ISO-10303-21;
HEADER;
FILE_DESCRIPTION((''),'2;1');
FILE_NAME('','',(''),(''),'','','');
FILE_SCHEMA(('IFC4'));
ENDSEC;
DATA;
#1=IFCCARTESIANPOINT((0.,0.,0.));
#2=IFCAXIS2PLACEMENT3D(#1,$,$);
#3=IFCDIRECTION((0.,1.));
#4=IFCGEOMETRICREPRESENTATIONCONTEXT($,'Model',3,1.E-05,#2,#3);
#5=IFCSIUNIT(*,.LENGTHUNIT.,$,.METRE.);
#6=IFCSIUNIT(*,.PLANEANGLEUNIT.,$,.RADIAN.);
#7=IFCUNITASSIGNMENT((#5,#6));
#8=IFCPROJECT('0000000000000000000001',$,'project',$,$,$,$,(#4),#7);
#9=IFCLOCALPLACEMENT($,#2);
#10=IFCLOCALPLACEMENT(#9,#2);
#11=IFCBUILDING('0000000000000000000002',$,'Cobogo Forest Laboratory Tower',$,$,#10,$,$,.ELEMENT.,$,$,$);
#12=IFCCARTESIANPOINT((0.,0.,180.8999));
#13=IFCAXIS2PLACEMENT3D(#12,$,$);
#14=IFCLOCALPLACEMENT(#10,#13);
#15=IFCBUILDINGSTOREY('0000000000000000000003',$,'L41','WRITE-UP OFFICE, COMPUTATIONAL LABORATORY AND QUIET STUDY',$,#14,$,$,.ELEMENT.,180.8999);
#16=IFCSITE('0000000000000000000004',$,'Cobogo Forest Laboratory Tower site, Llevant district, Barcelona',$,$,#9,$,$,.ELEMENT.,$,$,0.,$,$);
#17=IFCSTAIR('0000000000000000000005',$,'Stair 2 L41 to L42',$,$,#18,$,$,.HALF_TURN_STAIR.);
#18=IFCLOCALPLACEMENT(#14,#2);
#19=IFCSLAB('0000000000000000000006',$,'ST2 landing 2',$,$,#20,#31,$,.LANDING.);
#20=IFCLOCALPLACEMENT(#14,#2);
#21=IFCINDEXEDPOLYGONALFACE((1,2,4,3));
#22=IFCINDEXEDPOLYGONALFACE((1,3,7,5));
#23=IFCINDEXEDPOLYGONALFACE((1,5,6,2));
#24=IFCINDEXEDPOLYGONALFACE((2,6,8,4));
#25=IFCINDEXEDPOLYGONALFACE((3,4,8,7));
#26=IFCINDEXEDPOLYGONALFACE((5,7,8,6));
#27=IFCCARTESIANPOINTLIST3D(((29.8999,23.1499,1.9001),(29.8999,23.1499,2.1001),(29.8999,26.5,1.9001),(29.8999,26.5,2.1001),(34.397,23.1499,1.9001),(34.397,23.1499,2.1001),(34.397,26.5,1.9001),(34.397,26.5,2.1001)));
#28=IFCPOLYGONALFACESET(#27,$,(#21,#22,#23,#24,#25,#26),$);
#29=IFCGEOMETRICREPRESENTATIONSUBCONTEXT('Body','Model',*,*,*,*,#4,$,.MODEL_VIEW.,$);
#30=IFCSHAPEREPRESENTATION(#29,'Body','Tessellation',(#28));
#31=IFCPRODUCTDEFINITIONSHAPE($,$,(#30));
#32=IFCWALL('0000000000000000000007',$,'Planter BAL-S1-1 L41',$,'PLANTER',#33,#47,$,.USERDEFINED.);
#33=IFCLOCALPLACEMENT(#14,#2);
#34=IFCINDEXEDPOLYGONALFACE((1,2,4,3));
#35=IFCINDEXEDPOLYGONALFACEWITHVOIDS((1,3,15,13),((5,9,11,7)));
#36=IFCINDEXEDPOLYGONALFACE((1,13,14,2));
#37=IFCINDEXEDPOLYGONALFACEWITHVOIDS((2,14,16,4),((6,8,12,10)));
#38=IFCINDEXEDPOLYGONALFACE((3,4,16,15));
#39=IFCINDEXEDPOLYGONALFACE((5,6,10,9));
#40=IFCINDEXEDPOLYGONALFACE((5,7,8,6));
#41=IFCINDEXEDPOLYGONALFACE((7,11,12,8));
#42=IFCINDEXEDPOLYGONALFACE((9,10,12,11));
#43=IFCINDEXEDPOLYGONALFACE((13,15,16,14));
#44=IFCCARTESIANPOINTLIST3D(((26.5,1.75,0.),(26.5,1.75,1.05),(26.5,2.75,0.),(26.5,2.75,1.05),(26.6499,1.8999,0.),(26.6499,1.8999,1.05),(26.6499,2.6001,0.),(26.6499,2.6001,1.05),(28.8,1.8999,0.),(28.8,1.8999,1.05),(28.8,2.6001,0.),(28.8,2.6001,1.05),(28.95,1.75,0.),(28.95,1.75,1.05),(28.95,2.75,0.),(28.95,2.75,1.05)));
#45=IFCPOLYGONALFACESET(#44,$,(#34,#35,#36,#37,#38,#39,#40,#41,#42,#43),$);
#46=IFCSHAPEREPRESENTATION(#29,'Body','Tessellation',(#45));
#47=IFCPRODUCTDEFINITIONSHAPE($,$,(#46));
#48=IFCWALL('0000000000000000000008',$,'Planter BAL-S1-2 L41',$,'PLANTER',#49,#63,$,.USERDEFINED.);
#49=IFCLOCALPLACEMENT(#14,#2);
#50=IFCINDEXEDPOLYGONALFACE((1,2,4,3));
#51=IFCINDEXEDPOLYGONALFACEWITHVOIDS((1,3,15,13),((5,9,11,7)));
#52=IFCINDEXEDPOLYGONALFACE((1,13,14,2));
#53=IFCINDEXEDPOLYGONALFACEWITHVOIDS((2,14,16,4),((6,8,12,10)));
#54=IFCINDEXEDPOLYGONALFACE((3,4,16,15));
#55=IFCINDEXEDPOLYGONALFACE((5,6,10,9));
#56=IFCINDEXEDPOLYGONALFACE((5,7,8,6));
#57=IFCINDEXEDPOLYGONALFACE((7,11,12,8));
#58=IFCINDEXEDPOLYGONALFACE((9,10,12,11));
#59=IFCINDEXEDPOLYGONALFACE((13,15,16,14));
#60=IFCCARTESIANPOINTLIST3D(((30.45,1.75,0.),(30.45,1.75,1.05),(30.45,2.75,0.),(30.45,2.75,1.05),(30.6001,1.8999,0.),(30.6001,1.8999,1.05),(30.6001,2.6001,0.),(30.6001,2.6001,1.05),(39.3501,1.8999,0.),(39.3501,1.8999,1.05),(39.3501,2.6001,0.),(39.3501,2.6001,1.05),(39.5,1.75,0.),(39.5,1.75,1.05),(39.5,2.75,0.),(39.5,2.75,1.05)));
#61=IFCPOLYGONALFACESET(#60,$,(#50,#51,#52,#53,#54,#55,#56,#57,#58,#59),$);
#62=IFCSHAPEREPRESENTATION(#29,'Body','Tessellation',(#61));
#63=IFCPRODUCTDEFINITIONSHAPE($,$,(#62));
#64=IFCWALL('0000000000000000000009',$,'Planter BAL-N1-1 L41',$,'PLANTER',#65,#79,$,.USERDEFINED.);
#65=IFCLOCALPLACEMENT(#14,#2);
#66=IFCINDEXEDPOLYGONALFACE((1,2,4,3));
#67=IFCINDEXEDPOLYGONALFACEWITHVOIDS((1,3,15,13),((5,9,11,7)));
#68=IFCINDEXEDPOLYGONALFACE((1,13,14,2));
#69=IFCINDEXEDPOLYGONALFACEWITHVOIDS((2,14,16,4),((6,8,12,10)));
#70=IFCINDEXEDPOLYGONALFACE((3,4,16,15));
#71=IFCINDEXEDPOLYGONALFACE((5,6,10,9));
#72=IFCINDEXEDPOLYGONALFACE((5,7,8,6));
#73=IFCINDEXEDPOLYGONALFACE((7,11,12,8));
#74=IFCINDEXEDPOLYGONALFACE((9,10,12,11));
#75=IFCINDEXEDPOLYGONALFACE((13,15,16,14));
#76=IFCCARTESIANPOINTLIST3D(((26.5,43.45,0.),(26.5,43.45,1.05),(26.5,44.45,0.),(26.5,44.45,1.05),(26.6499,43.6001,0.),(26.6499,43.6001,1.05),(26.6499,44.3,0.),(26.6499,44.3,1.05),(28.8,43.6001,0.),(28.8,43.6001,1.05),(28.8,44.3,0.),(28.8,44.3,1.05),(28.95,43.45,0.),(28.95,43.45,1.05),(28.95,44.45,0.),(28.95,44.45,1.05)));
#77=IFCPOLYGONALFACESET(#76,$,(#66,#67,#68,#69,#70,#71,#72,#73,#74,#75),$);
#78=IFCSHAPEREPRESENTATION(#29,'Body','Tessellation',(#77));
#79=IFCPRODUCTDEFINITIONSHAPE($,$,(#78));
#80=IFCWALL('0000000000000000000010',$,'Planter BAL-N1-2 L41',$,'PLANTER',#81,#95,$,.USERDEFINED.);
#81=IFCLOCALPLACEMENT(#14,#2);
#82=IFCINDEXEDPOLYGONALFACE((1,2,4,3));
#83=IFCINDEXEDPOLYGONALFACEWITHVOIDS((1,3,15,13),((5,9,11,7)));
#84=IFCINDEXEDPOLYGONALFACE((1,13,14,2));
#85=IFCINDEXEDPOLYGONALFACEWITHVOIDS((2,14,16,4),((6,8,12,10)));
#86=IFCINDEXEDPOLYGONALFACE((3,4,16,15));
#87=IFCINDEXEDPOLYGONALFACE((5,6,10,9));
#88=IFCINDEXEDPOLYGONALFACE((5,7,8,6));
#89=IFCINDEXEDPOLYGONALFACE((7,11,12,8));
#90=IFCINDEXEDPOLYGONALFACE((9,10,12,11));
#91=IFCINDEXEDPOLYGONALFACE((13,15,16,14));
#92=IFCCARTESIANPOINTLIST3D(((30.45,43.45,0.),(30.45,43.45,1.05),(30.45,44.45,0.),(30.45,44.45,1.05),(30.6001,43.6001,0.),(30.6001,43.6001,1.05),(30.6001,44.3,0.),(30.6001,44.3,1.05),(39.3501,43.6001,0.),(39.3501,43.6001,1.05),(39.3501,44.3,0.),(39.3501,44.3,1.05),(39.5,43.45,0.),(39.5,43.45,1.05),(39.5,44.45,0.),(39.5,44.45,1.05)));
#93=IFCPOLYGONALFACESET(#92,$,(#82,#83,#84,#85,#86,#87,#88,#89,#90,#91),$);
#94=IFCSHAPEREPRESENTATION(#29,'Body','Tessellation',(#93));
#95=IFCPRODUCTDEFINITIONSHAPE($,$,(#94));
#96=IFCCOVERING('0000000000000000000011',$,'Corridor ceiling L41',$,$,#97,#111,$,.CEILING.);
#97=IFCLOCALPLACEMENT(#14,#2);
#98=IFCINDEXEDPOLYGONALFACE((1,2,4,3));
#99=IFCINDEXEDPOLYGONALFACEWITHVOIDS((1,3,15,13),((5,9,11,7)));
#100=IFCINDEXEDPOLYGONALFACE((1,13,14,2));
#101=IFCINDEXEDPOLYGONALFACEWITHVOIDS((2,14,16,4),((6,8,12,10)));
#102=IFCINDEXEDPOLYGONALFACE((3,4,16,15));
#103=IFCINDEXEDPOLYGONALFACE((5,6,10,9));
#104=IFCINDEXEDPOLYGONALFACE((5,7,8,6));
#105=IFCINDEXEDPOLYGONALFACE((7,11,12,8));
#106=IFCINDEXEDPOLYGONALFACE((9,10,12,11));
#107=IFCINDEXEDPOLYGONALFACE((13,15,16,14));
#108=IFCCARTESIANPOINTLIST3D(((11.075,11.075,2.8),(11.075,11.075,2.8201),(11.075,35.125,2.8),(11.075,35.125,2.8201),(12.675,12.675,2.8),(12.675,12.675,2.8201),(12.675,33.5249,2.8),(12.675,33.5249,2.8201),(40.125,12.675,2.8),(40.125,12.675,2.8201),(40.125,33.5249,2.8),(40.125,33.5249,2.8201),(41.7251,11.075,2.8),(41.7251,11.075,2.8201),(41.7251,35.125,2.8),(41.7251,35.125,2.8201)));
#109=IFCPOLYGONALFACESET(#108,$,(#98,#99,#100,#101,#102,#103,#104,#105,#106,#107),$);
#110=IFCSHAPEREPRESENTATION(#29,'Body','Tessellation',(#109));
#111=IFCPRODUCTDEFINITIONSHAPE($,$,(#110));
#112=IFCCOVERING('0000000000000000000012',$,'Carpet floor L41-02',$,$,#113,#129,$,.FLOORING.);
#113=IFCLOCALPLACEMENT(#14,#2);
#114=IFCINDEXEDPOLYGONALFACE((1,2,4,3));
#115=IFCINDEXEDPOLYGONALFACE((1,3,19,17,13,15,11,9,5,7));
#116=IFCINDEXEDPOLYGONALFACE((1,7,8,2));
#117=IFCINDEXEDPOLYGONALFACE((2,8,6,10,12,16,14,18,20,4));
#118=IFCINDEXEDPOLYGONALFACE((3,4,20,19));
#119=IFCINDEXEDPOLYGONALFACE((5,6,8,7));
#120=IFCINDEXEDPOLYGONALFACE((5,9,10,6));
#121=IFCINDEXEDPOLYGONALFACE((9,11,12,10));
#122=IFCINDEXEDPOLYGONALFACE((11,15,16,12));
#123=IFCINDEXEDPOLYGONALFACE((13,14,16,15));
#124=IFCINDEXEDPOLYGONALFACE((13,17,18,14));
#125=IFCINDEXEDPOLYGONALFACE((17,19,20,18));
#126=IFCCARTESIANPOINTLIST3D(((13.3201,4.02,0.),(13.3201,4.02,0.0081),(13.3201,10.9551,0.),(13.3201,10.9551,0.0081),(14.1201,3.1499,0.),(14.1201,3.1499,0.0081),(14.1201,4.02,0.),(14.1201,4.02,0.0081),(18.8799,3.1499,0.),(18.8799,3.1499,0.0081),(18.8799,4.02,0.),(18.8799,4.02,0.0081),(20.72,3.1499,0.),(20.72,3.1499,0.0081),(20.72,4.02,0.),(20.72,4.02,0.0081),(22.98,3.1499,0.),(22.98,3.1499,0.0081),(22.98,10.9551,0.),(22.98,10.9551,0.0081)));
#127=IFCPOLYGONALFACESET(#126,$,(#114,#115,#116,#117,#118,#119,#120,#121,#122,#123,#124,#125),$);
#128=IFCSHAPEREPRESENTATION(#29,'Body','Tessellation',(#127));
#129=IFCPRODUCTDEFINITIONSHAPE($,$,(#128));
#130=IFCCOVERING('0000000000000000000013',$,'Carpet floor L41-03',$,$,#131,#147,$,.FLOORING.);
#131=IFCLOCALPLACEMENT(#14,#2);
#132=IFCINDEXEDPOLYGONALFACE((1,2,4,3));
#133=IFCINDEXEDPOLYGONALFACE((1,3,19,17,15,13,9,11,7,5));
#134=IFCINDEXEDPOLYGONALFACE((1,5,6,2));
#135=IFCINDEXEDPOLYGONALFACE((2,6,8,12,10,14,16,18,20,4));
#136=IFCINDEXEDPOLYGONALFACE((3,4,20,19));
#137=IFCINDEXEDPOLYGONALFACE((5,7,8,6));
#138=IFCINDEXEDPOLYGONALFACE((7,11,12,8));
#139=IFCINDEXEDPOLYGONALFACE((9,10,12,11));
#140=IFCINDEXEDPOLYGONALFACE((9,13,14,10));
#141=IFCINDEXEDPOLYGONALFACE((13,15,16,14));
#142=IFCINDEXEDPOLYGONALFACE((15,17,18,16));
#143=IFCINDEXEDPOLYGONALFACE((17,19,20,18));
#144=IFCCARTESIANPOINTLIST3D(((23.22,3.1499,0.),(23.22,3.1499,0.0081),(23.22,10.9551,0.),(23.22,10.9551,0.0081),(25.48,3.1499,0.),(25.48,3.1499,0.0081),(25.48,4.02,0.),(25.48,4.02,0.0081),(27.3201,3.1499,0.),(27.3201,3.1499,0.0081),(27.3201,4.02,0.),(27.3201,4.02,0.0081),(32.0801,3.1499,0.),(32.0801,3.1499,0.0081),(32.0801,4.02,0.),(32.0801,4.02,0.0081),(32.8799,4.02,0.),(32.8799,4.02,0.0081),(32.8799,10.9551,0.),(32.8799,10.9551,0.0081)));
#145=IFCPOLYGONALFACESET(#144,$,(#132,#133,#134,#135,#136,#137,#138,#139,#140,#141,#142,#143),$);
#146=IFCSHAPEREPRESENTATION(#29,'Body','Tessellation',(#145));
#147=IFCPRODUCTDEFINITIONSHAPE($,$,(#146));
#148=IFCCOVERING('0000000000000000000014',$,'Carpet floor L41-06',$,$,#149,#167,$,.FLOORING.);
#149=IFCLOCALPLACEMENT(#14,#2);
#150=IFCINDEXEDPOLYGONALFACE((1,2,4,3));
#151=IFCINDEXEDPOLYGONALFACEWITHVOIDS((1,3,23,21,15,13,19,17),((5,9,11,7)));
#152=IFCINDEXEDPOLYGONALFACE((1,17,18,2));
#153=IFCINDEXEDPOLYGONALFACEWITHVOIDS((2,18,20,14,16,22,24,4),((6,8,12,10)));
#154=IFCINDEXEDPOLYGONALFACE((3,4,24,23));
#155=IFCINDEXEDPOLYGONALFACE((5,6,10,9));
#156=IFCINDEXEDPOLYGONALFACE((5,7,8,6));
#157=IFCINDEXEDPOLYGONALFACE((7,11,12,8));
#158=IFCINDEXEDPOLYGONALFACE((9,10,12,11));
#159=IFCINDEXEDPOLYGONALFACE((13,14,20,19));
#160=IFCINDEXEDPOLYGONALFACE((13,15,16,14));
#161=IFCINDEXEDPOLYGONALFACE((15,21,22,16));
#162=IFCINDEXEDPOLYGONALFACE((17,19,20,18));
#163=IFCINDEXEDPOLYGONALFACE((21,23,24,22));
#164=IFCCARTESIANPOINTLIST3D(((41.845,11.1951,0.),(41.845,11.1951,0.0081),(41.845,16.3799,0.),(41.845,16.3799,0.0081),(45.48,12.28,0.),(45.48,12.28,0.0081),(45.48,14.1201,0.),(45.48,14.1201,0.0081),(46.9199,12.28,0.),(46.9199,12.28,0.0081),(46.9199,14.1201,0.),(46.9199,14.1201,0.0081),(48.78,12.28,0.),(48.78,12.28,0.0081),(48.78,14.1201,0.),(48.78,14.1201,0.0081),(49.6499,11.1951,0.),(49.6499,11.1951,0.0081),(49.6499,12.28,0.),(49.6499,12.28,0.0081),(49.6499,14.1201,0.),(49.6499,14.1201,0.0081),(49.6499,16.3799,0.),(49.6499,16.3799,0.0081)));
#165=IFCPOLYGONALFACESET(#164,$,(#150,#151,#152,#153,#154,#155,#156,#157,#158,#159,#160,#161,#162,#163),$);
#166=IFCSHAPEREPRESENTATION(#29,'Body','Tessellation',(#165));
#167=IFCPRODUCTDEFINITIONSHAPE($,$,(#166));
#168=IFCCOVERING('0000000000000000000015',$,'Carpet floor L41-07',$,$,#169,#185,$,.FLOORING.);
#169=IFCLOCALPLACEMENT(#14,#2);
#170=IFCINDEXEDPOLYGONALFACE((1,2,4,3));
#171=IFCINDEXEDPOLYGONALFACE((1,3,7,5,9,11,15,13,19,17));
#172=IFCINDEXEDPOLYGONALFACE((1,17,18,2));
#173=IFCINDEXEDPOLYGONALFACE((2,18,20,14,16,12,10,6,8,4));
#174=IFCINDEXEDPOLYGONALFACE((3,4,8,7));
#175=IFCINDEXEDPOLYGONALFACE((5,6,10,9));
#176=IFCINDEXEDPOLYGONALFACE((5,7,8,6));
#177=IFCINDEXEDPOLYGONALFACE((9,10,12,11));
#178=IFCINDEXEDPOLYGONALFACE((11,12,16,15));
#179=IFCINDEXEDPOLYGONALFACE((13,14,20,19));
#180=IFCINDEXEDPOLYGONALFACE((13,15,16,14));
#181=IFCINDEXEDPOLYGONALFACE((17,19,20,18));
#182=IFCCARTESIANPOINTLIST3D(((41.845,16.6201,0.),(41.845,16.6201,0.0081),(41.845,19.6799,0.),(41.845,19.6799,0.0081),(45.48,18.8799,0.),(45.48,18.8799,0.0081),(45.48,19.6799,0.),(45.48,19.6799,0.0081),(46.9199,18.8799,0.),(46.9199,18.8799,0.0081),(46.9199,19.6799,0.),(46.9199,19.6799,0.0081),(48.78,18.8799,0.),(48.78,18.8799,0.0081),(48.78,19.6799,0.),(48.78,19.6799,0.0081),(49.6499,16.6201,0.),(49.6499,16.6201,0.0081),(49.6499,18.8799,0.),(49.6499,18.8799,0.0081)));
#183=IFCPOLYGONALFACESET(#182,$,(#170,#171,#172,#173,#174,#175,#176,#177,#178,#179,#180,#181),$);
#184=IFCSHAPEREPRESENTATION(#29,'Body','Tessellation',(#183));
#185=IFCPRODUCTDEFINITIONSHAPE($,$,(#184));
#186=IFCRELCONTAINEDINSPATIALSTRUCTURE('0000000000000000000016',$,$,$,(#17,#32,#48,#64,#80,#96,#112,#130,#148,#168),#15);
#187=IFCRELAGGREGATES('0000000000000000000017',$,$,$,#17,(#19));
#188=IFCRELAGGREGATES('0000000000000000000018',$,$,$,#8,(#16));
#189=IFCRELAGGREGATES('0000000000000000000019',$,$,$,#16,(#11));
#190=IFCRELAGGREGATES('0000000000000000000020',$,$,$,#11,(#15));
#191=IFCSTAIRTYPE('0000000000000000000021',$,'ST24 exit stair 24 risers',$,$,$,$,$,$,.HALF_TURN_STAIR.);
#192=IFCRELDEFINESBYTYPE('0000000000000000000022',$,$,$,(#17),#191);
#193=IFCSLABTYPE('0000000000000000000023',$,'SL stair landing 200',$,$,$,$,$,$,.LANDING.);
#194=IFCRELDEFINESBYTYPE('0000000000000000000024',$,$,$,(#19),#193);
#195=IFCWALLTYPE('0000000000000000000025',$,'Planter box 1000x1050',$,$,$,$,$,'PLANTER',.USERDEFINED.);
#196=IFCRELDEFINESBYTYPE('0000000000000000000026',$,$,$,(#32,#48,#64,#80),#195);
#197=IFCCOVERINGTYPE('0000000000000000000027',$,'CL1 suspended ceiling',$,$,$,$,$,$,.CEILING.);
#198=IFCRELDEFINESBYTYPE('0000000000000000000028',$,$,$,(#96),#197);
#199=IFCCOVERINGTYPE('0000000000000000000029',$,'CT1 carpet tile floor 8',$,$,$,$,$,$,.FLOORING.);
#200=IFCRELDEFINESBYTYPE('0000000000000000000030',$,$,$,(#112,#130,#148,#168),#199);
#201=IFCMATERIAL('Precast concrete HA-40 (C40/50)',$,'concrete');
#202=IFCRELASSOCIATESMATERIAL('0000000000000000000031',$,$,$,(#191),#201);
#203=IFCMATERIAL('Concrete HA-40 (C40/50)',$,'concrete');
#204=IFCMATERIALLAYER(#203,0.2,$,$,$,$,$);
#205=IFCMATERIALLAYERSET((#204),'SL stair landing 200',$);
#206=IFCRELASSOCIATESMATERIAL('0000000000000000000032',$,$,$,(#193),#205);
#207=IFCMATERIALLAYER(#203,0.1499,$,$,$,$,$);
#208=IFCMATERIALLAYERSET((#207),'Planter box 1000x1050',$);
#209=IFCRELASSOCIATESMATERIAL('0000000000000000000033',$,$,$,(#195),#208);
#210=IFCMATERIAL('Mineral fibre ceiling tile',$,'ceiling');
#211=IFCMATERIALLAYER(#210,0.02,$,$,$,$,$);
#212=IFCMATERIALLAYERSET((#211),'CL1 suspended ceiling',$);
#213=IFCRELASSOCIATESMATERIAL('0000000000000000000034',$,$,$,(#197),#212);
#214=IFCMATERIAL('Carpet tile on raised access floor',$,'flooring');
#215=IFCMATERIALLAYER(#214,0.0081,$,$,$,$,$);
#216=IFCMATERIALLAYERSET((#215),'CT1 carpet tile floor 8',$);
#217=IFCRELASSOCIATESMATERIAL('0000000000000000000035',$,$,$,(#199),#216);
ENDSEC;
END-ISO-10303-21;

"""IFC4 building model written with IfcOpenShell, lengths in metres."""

from ifc_helpers import new_model, si_unit, direction, frame, origin, place, context, subcontext, project, spatial, polyline, outline, extrude, material, layer, layer_set, type_object, element, aggregate, save


model = new_model("IFC4")

# Units and contexts
model_context = context("Model", 3, precision=1e-05, world=origin(), true_north=direction((0.0, 1.0)))
body_context = subcontext(model_context, "Body", "Model", "MODEL_VIEW")
ifc_project = project(units=[si_unit("LENGTHUNIT", "METRE"), si_unit("PLANEANGLEUNIT", "RADIAN")], contexts=[model_context])

# Site, building, storey
site_placement = place(None, origin())
site = spatial("IfcSite", under=ifc_project, at=site_placement, Name="Cobogo Forest Laboratory Tower site, Llevant district, Barcelona", CompositionType="ELEMENT", RefElevation=0.0)
building_placement = place(site_placement, origin())
building = spatial("IfcBuilding", under=site, at=building_placement, Name="Cobogo Forest Laboratory Tower", CompositionType="ELEMENT")
storey_placement = place(building_placement, frame((0.0, 0.0, 180.8999)))
storey = spatial("IfcBuildingStorey", under=building, at=storey_placement, Name="L41", Description="WRITE-UP OFFICE, COMPUTATIONAL LABORATORY AND QUIET STUDY", CompositionType="ELEMENT", Elevation=180.8999)

# Shared definitions
ifc_material_1 = material(Name="Concrete HA-40 (C40/50)", Category="concrete")

# Stair, slab
ifc_material_2 = material(Name="Precast concrete HA-40 (C40/50)", Category="concrete")
stair_type = type_object("IfcStairType", Name="ST24 exit stair 24 risers", PredefinedType="HALF_TURN_STAIR", material=ifc_material_2)
ifc_layer_1 = layer(ifc_material_1, 0.2)
ifc_layer_set_1 = layer_set([ifc_layer_1], Name="SL stair landing 200")
slab_type_1 = type_object("IfcSlabType", Name="SL stair landing 200", PredefinedType="LANDING", material=ifc_layer_set_1)
stair_1_placement = place(storey_placement, origin())
stair_1 = element("IfcStair", 1, at=stair_1_placement, inside=storey, type_object=stair_type, Name="Stair 2 L41 to L42", PredefinedType="HALF_TURN_STAIR")
slab_1_placement = place(storey_placement, frame((0.0, 0.0, 1.9001)))
slab_1 = element("IfcSlab", 2, at=slab_1_placement, type_object=slab_type_1, Name="ST2 landing 2", PredefinedType="LANDING", context=body_context, shape_type="SweptSolid", body=[
    extrude(outline(polyline([(29.8999, 23.1499), (34.397, 23.1499), (34.397, 26.5), (29.8999, 26.5), (29.8999, 23.1499)])), origin(), (0.0, 0.0, 1.0), 0.2),
])
aggregate(stair_1, [slab_1])

# Walls
ifc_layer_2 = layer(ifc_material_1, 0.1499)
ifc_layer_set_2 = layer_set([ifc_layer_2], Name="Planter box 1000x1050")
wall_type = type_object("IfcWallType", Name="Planter box 1000x1050", ElementType="PLANTER", PredefinedType="USERDEFINED", material=ifc_layer_set_2)
wall_1_placement = place(storey_placement, origin())
element("IfcWall", 3, at=wall_1_placement, inside=storey, type_object=wall_type, Name="Planter BAL-S1-1 L41", ObjectType="PLANTER", PredefinedType="USERDEFINED", context=body_context, shape_type="SweptSolid", body=[
    extrude(outline(polyline([(26.5, 1.75), (28.95, 1.75), (28.95, 2.75), (26.5, 2.75), (26.5, 1.75)]), holes=[polyline([(26.6499, 1.8999), (28.8, 1.8999), (28.8, 2.6001), (26.6499, 2.6001), (26.6499, 1.8999)])]), origin(), (0.0, 0.0, 1.0), 1.05),
])
wall_2_placement = place(storey_placement, origin())
element("IfcWall", 4, at=wall_2_placement, inside=storey, type_object=wall_type, Name="Planter BAL-S1-2 L41", ObjectType="PLANTER", PredefinedType="USERDEFINED", context=body_context, shape_type="SweptSolid", body=[
    extrude(outline(polyline([(30.45, 1.75), (39.5, 1.75), (39.5, 2.75), (30.45, 2.75), (30.45, 1.75)]), holes=[polyline([(30.6001, 1.8999), (39.3501, 1.8999), (39.3501, 2.6001), (30.6001, 2.6001), (30.6001, 1.8999)])]), origin(), (0.0, 0.0, 1.0), 1.05),
])
wall_3_placement = place(storey_placement, origin())
element("IfcWall", 5, at=wall_3_placement, inside=storey, type_object=wall_type, Name="Planter BAL-N1-1 L41", ObjectType="PLANTER", PredefinedType="USERDEFINED", context=body_context, shape_type="SweptSolid", body=[
    extrude(outline(polyline([(26.5, 43.45), (28.95, 43.45), (28.95, 44.45), (26.5, 44.45), (26.5, 43.45)]), holes=[polyline([(26.6499, 43.6001), (28.8, 43.6001), (28.8, 44.3), (26.6499, 44.3), (26.6499, 43.6001)])]), origin(), (0.0, 0.0, 1.0), 1.05),
])
wall_4_placement = place(storey_placement, origin())
element("IfcWall", 6, at=wall_4_placement, inside=storey, type_object=wall_type, Name="Planter BAL-N1-2 L41", ObjectType="PLANTER", PredefinedType="USERDEFINED", context=body_context, shape_type="SweptSolid", body=[
    extrude(outline(polyline([(30.45, 43.45), (39.5, 43.45), (39.5, 44.45), (30.45, 44.45), (30.45, 43.45)]), holes=[polyline([(30.6001, 43.6001), (39.3501, 43.6001), (39.3501, 44.3), (30.6001, 44.3), (30.6001, 43.6001)])]), origin(), (0.0, 0.0, 1.0), 1.05),
])

# Coverings
ifc_material_3 = material(Name="Mineral fibre ceiling tile", Category="ceiling")
ifc_layer_3 = layer(ifc_material_3, 0.02)
ifc_layer_set_3 = layer_set([ifc_layer_3], Name="CL1 suspended ceiling")
covering_type_1 = type_object("IfcCoveringType", Name="CL1 suspended ceiling", PredefinedType="CEILING", material=ifc_layer_set_3)
covering_1_placement = place(storey_placement, frame((0.0, 0.0, 2.8)))
element("IfcCovering", 7, at=covering_1_placement, inside=storey, type_object=covering_type_1, Name="Corridor ceiling L41", PredefinedType="CEILING", context=body_context, shape_type="SweptSolid", body=[
    extrude(outline(polyline([(11.075, 11.075), (11.075, 35.125), (41.7251, 35.125), (41.7251, 11.075), (11.075, 11.075)]), holes=[polyline([(40.125, 33.5249), (12.675, 33.5249), (12.675, 12.675), (40.125, 12.675), (40.125, 33.5249)])]), origin(), (0.0, 0.0, 1.0), 0.02),
])
ifc_material_4 = material(Name="Carpet tile on raised access floor", Category="flooring")
ifc_layer_4 = layer(ifc_material_4, 0.0081)
ifc_layer_set_4 = layer_set([ifc_layer_4], Name="CT1 carpet tile floor 8")
covering_type_2 = type_object("IfcCoveringType", Name="CT1 carpet tile floor 8", PredefinedType="FLOORING", material=ifc_layer_set_4)
covering_2_placement = place(storey_placement, origin())
element("IfcCovering", 8, at=covering_2_placement, inside=storey, type_object=covering_type_2, Name="Carpet floor L41-02", PredefinedType="FLOORING", context=body_context, shape_type="SweptSolid", body=[
    extrude(outline(polyline([(22.98, 10.9551), (22.98, 3.1499), (20.72, 3.1499), (20.72, 4.02), (18.8799, 4.02), (18.8799, 3.1499), (14.1201, 3.1499), (14.1201, 4.02), (13.3201, 4.02), (13.3201, 10.9551), (22.98, 10.9551)])), origin(), (0.0, 0.0, 1.0), 0.0081),
])
covering_3_placement = place(storey_placement, origin())
element("IfcCovering", 9, at=covering_3_placement, inside=storey, type_object=covering_type_2, Name="Carpet floor L41-03", PredefinedType="FLOORING", context=body_context, shape_type="SweptSolid", body=[
    extrude(outline(polyline([(32.8799, 10.9551), (32.8799, 4.02), (32.0801, 4.02), (32.0801, 3.1499), (27.3201, 3.1499), (27.3201, 4.02), (25.48, 4.02), (25.48, 3.1499), (23.22, 3.1499), (23.22, 10.9551), (32.8799, 10.9551)])), origin(), (0.0, 0.0, 1.0), 0.0081),
])
covering_4_placement = place(storey_placement, origin())
element("IfcCovering", 10, at=covering_4_placement, inside=storey, type_object=covering_type_2, Name="Carpet floor L41-06", PredefinedType="FLOORING", context=body_context, shape_type="SweptSolid", body=[
    extrude(outline(polyline([(41.845, 16.3799), (49.6499, 16.3799), (49.6499, 14.1201), (48.78, 14.1201), (48.78, 12.28), (49.6499, 12.28), (49.6499, 11.1951), (41.845, 11.1951), (41.845, 16.3799)]), holes=[polyline([(46.9199, 12.28), (46.9199, 14.1201), (45.48, 14.1201), (45.48, 12.28), (46.9199, 12.28)])]), origin(), (0.0, 0.0, 1.0), 0.0081),
])
covering_5_placement = place(storey_placement, origin())
element("IfcCovering", 11, at=covering_5_placement, inside=storey, type_object=covering_type_2, Name="Carpet floor L41-07", PredefinedType="FLOORING", context=body_context, shape_type="SweptSolid", body=[
    extrude(outline(polyline([(41.845, 19.6799), (45.48, 19.6799), (45.48, 18.8799), (46.9199, 18.8799), (46.9199, 19.6799), (48.78, 19.6799), (48.78, 18.8799), (49.6499, 18.8799), (49.6499, 16.6201), (41.845, 16.6201), (41.845, 19.6799)])), origin(), (0.0, 0.0, 1.0), 0.0081),
])

save(model, "model.ifc")
